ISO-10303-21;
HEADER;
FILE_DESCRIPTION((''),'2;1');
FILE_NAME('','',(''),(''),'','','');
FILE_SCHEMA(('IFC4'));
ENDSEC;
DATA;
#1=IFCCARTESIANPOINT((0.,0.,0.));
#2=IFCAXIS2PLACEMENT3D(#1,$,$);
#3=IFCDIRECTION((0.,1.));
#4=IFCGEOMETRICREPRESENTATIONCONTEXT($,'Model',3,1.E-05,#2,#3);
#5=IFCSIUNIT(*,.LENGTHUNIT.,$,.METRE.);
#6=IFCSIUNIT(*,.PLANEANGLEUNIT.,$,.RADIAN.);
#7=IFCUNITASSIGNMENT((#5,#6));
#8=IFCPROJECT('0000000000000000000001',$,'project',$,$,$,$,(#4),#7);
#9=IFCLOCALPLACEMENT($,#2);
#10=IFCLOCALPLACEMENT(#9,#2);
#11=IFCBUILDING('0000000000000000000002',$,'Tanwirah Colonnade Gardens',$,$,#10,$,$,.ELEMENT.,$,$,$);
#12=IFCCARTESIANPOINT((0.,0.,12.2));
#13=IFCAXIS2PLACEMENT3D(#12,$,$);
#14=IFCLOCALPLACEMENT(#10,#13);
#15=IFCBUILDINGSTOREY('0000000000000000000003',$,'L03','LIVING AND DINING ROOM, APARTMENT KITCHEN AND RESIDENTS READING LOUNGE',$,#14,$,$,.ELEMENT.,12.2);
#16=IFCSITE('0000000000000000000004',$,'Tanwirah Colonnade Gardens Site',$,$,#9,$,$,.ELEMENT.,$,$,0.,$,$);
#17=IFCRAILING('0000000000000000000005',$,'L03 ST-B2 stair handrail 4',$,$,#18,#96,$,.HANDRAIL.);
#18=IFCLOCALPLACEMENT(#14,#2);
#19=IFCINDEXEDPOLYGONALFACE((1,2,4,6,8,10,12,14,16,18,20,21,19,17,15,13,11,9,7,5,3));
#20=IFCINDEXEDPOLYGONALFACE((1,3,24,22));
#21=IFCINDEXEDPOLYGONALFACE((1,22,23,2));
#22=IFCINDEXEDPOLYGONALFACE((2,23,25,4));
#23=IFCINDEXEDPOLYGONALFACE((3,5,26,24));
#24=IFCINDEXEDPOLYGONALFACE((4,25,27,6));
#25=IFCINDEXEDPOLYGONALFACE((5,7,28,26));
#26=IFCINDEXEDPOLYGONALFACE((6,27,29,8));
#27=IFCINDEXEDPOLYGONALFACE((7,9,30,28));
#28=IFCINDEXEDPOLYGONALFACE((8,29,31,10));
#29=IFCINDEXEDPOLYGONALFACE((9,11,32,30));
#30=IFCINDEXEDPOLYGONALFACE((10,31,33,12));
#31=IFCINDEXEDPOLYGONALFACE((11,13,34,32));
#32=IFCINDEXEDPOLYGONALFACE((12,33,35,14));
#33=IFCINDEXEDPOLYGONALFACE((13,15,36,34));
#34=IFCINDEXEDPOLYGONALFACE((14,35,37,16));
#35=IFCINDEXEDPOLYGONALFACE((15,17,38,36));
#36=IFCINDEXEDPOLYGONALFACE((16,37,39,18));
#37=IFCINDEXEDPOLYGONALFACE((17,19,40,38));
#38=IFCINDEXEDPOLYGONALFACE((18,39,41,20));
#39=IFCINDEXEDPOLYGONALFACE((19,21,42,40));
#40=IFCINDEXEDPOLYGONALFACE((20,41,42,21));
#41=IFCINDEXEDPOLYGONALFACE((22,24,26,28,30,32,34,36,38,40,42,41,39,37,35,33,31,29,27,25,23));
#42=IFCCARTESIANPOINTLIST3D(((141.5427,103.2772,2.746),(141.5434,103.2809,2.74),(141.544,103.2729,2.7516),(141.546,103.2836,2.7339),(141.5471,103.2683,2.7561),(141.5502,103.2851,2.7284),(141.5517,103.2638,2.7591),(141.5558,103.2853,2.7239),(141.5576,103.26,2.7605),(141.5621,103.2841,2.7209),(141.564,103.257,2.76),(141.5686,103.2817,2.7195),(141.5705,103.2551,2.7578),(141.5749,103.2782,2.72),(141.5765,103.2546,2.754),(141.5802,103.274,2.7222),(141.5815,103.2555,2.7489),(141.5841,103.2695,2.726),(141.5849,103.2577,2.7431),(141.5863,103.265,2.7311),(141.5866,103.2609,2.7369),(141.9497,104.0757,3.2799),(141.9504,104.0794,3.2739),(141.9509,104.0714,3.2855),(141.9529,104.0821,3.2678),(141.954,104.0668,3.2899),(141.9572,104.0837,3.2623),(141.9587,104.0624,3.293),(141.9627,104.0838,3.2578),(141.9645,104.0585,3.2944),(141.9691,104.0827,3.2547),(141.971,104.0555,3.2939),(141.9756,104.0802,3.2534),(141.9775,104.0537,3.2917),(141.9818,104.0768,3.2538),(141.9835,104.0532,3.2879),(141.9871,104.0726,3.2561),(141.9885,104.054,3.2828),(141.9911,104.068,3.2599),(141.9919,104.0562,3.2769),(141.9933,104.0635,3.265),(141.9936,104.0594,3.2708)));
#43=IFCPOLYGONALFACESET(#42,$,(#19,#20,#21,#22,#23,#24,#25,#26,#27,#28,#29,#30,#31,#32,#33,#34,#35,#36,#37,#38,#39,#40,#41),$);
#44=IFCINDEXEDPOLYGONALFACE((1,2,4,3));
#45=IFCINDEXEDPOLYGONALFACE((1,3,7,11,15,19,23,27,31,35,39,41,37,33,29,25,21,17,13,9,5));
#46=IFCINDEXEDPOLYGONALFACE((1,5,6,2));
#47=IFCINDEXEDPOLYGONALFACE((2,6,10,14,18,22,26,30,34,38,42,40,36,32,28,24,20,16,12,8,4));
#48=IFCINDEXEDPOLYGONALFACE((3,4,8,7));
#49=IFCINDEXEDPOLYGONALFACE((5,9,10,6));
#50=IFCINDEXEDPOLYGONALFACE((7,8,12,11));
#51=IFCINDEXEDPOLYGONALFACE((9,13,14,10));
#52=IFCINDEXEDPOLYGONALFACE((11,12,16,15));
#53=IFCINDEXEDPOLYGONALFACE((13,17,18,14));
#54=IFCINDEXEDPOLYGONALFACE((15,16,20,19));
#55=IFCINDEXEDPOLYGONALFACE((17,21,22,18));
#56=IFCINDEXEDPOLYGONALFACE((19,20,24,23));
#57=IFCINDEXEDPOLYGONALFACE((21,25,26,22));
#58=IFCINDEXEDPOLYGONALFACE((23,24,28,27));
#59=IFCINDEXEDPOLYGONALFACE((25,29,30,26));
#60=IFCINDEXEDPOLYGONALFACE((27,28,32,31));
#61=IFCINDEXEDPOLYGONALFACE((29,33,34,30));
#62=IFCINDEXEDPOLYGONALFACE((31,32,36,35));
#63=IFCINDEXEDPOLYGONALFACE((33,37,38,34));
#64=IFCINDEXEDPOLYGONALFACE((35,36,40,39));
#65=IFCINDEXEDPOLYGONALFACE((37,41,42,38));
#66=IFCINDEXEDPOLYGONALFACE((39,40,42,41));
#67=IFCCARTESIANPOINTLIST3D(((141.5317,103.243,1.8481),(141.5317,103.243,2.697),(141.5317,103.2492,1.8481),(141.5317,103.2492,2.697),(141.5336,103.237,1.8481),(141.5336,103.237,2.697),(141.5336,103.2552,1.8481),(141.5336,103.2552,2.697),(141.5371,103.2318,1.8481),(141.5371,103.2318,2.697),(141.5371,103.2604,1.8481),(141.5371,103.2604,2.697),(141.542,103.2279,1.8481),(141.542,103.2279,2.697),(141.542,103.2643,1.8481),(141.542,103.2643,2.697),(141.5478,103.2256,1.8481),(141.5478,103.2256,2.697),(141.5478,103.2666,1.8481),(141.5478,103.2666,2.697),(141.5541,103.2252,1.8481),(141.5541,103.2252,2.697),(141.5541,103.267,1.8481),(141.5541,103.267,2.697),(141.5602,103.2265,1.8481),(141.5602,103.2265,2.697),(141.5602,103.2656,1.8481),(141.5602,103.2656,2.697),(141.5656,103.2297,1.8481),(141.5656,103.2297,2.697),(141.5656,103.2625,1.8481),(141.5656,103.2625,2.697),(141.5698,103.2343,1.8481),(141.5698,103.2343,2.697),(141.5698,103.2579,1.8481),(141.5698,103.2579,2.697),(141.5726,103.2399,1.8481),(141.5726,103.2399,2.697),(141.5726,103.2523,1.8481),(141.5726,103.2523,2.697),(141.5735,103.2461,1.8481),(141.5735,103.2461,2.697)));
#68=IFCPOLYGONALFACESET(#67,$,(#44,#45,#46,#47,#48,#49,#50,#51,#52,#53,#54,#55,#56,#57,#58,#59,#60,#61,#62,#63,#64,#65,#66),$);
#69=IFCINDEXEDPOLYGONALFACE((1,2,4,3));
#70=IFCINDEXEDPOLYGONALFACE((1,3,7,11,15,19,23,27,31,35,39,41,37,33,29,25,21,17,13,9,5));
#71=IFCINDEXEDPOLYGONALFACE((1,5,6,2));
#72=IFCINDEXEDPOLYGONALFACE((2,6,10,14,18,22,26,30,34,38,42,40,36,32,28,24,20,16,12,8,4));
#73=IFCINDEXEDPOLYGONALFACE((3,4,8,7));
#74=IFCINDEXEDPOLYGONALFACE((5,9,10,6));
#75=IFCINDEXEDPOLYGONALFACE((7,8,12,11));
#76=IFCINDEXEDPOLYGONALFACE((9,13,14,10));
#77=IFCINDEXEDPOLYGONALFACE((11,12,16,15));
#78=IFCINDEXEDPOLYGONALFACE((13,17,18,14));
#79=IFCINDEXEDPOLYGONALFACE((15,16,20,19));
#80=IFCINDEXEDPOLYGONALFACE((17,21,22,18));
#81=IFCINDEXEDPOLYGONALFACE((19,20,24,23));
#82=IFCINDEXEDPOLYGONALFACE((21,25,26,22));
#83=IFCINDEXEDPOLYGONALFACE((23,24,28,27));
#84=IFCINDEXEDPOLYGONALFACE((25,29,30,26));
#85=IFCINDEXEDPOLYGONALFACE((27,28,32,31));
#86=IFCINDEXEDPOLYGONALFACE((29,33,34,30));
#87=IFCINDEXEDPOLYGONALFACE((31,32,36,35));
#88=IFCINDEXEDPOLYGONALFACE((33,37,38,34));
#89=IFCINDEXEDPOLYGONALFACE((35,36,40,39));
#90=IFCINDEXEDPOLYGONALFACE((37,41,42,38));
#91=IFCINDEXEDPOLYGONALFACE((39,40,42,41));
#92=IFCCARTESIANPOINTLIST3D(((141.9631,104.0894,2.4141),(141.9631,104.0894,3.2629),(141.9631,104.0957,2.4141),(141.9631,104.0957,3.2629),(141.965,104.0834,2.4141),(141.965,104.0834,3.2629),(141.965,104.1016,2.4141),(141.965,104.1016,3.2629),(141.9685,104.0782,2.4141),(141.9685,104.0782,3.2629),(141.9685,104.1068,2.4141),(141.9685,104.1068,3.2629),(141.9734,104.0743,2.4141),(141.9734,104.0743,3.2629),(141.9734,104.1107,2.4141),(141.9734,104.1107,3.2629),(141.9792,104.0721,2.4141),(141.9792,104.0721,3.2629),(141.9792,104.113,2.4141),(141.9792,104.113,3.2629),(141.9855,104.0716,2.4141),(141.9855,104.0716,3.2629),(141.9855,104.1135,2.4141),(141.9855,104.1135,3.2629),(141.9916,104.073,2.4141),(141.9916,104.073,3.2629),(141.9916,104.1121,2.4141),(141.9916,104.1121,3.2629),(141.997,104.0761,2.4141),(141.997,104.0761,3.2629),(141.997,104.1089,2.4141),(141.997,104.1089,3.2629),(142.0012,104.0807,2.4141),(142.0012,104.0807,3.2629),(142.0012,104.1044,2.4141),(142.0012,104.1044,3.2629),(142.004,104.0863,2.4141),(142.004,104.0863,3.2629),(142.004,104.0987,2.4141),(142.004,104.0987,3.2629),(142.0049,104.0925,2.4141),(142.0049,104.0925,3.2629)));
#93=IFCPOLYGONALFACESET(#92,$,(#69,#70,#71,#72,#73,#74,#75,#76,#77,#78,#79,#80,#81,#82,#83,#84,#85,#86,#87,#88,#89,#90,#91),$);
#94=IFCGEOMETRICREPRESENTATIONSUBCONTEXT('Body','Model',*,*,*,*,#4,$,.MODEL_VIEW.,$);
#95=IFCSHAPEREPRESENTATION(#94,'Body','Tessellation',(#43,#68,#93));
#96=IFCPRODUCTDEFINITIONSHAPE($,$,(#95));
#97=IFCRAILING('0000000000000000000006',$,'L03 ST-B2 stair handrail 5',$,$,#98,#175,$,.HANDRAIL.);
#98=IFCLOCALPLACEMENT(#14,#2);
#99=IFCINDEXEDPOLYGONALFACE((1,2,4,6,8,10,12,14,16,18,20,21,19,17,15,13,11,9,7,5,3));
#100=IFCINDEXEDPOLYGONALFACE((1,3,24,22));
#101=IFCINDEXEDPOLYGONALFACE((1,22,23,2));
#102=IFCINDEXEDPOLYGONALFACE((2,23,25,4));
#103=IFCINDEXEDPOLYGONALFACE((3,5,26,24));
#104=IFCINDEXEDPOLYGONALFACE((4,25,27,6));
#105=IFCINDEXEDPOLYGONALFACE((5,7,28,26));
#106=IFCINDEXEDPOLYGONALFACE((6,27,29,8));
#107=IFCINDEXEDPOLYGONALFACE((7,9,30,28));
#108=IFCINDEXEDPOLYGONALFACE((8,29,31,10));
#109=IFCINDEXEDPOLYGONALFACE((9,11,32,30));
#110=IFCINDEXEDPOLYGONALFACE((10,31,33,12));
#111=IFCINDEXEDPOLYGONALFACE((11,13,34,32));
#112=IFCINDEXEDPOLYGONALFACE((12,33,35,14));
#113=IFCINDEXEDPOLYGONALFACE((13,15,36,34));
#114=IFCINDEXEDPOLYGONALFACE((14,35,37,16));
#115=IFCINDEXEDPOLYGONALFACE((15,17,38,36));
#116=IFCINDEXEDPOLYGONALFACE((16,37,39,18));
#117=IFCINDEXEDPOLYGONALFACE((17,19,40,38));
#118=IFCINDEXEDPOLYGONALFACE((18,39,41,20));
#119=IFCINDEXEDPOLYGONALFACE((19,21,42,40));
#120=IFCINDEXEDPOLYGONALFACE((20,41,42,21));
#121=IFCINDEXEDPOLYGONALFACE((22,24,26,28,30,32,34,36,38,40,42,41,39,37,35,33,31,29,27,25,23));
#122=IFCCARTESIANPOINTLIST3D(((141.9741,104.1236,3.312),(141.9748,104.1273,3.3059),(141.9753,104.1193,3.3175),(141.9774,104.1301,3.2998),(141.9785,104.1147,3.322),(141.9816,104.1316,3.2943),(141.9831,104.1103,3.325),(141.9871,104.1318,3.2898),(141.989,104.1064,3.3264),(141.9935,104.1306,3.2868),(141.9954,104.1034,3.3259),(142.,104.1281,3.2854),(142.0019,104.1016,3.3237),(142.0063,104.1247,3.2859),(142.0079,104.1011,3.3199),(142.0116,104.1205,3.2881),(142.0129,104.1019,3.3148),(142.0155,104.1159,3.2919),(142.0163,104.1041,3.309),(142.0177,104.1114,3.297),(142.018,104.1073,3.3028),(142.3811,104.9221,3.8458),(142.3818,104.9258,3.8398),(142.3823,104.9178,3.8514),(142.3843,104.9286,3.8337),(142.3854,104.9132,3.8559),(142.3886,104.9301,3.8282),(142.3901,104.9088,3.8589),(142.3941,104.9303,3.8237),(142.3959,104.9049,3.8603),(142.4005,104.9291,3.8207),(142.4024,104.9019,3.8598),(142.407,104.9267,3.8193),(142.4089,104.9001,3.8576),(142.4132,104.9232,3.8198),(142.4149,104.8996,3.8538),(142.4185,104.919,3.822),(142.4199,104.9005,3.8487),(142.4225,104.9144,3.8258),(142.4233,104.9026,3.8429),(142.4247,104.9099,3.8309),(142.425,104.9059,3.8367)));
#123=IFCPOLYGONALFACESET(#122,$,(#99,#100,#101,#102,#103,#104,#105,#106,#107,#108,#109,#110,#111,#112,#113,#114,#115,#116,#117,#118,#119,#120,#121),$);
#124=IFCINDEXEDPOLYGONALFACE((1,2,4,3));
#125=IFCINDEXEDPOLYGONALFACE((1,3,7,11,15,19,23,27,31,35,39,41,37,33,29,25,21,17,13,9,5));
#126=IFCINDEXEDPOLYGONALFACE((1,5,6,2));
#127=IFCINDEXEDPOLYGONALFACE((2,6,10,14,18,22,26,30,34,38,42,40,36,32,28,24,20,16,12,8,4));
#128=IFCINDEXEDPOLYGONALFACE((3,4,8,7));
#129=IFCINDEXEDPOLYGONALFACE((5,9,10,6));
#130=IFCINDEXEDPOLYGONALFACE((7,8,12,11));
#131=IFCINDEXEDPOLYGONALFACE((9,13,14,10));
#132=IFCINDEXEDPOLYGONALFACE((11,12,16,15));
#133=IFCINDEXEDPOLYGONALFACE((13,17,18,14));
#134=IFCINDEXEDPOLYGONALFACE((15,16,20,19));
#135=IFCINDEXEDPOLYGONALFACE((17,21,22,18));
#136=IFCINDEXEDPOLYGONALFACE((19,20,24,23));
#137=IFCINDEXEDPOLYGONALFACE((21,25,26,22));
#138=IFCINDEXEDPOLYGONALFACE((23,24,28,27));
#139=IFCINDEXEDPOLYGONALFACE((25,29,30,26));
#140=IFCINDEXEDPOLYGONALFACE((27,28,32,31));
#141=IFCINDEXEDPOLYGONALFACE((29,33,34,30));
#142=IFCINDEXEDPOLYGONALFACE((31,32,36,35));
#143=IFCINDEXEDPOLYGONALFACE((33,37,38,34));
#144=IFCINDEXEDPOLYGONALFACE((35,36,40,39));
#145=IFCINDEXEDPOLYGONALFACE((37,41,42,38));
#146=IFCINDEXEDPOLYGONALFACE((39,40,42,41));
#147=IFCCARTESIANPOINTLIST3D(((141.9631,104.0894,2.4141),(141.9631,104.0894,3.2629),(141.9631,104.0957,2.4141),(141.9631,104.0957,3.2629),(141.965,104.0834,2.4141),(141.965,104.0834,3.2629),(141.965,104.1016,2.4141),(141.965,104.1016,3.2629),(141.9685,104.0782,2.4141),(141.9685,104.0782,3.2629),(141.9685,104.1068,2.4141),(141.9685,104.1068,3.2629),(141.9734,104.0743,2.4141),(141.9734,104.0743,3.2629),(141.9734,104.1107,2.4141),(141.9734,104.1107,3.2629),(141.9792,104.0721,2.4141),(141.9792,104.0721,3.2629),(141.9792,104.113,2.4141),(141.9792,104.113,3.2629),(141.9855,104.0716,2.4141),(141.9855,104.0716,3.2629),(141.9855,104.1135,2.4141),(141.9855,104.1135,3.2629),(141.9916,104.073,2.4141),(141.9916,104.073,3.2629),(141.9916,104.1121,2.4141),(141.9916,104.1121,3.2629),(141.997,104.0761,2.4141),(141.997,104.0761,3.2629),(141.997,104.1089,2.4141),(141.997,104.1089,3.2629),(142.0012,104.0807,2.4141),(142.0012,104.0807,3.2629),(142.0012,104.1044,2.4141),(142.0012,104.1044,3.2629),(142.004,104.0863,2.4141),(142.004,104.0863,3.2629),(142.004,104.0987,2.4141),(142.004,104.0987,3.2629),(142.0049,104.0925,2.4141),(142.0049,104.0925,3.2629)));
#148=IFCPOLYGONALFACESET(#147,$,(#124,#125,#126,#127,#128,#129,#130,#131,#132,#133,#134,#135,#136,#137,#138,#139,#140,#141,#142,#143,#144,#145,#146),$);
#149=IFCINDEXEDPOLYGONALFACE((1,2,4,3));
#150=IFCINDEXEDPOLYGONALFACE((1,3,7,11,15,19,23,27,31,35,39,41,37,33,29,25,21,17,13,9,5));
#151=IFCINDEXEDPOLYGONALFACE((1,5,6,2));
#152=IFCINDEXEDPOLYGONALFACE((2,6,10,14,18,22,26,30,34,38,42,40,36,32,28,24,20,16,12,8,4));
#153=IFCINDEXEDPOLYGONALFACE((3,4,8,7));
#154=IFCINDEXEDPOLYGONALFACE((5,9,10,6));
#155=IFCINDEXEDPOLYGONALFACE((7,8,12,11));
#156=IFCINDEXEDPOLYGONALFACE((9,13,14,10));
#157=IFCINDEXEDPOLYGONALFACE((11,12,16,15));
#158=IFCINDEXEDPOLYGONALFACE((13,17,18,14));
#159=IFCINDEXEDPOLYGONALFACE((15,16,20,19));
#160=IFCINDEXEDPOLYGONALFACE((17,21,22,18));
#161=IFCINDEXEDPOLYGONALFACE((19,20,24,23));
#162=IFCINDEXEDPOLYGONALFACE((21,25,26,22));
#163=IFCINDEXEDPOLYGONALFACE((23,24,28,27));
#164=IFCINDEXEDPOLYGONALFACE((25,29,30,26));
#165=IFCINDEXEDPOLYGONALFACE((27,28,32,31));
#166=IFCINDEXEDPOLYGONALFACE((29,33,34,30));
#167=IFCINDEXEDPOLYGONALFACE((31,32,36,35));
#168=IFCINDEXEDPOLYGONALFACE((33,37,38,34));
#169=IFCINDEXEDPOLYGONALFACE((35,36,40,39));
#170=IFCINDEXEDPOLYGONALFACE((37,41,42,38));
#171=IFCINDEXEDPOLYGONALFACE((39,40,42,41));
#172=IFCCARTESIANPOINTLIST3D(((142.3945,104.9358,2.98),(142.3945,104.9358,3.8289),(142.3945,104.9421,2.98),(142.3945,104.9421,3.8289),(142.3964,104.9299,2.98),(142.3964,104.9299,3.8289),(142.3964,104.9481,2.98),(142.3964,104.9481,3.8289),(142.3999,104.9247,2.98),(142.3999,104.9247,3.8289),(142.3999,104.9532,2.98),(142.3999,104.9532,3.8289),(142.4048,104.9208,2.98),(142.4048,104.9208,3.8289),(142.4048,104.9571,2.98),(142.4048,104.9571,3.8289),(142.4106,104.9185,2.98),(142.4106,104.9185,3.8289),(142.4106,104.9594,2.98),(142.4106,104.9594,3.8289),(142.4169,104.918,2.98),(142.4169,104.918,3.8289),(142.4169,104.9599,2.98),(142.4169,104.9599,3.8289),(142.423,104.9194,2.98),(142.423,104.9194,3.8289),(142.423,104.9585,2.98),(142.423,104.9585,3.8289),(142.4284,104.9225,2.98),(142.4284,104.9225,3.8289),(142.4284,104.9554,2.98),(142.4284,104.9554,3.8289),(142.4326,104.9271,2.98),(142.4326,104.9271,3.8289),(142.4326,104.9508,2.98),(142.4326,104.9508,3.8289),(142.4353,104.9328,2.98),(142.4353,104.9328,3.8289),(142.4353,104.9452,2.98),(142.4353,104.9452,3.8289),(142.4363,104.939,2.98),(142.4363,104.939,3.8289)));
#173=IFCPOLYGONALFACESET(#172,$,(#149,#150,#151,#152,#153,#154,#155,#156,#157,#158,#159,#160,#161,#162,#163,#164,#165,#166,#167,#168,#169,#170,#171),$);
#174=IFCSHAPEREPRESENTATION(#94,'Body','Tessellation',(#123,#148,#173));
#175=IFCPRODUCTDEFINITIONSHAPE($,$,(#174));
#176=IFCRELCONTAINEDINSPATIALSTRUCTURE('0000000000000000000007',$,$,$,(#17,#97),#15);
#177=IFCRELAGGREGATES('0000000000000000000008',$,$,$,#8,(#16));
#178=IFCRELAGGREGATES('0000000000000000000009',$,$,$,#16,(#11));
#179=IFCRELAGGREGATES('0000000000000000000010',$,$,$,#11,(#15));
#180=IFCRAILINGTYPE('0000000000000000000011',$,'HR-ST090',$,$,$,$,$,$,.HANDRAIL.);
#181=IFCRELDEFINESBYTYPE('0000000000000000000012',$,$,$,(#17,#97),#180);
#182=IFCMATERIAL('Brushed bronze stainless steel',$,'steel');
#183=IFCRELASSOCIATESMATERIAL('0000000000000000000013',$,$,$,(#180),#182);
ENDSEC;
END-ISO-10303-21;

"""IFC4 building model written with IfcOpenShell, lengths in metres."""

from ifc_helpers import new_model, si_unit, direction, frame, origin, origin_2d, place, context, subcontext, project, spatial, circle, extrude, material, type_object, element, save


model = new_model("IFC4")

# Units and contexts
model_context = context("Model", 3, precision=1e-05, world=origin(), true_north=direction((0.0, 1.0)))
body_context = subcontext(model_context, "Body", "Model", "MODEL_VIEW")
ifc_project = project(units=[si_unit("LENGTHUNIT", "METRE"), si_unit("PLANEANGLEUNIT", "RADIAN")], contexts=[model_context])

# Site, building, storey
site_placement = place(None, origin())
site = spatial("IfcSite", under=ifc_project, at=site_placement, Name="Tanwirah Colonnade Gardens Site", CompositionType="ELEMENT", RefElevation=0.0)
building_placement = place(site_placement, origin())
building = spatial("IfcBuilding", under=site, at=building_placement, Name="Tanwirah Colonnade Gardens", CompositionType="ELEMENT")
storey_placement = place(building_placement, frame((0.0, 0.0, 12.2)))
storey = spatial("IfcBuildingStorey", under=building, at=storey_placement, Name="L03", Description="LIVING AND DINING ROOM, APARTMENT KITCHEN AND RESIDENTS READING LOUNGE", CompositionType="ELEMENT", Elevation=12.2)

# Railings
ifc_material_1 = material(Name="Brushed bronze stainless steel", Category="steel")
railing_type_1 = type_object("IfcRailingType", Name="HR-ST090", PredefinedType="HANDRAIL", material=ifc_material_1)
for number, where, name in (
    (1, (141.5525, 103.2461, 1.8481), "L03 ST-B2 stair handrail 4"),
    (2, (141.9839, 104.0925, 2.4141), "L03 ST-B2 stair handrail 5"),
):
    element("IfcRailing", number, at=place(storey_placement, frame(where)), inside=storey, type_object=railing_type_1, Name=name, PredefinedType="HANDRAIL", context=body_context, shape_type="SweptSolid", body=[
        extrude(circle(Radius=0.0239, at=origin_2d()), frame((0.0122, 0.0239, 0.8918), z_axis=(0.390118, 0.765443, 0.511767), x_axis=(-0.890957, 0.454087, 0.0)), (0.0, 0.0, 1.0), 1.0432),
        extrude(circle(Radius=0.021, at=origin_2d()), origin(), (0.0, 0.0, 1.0), 0.8489),
        extrude(circle(Radius=0.021, at=origin_2d()), frame((0.4314, 0.8464, 0.5659)), (0.0, 0.0, 1.0), 0.8489),
    ])

save(model, "model.ifc")
